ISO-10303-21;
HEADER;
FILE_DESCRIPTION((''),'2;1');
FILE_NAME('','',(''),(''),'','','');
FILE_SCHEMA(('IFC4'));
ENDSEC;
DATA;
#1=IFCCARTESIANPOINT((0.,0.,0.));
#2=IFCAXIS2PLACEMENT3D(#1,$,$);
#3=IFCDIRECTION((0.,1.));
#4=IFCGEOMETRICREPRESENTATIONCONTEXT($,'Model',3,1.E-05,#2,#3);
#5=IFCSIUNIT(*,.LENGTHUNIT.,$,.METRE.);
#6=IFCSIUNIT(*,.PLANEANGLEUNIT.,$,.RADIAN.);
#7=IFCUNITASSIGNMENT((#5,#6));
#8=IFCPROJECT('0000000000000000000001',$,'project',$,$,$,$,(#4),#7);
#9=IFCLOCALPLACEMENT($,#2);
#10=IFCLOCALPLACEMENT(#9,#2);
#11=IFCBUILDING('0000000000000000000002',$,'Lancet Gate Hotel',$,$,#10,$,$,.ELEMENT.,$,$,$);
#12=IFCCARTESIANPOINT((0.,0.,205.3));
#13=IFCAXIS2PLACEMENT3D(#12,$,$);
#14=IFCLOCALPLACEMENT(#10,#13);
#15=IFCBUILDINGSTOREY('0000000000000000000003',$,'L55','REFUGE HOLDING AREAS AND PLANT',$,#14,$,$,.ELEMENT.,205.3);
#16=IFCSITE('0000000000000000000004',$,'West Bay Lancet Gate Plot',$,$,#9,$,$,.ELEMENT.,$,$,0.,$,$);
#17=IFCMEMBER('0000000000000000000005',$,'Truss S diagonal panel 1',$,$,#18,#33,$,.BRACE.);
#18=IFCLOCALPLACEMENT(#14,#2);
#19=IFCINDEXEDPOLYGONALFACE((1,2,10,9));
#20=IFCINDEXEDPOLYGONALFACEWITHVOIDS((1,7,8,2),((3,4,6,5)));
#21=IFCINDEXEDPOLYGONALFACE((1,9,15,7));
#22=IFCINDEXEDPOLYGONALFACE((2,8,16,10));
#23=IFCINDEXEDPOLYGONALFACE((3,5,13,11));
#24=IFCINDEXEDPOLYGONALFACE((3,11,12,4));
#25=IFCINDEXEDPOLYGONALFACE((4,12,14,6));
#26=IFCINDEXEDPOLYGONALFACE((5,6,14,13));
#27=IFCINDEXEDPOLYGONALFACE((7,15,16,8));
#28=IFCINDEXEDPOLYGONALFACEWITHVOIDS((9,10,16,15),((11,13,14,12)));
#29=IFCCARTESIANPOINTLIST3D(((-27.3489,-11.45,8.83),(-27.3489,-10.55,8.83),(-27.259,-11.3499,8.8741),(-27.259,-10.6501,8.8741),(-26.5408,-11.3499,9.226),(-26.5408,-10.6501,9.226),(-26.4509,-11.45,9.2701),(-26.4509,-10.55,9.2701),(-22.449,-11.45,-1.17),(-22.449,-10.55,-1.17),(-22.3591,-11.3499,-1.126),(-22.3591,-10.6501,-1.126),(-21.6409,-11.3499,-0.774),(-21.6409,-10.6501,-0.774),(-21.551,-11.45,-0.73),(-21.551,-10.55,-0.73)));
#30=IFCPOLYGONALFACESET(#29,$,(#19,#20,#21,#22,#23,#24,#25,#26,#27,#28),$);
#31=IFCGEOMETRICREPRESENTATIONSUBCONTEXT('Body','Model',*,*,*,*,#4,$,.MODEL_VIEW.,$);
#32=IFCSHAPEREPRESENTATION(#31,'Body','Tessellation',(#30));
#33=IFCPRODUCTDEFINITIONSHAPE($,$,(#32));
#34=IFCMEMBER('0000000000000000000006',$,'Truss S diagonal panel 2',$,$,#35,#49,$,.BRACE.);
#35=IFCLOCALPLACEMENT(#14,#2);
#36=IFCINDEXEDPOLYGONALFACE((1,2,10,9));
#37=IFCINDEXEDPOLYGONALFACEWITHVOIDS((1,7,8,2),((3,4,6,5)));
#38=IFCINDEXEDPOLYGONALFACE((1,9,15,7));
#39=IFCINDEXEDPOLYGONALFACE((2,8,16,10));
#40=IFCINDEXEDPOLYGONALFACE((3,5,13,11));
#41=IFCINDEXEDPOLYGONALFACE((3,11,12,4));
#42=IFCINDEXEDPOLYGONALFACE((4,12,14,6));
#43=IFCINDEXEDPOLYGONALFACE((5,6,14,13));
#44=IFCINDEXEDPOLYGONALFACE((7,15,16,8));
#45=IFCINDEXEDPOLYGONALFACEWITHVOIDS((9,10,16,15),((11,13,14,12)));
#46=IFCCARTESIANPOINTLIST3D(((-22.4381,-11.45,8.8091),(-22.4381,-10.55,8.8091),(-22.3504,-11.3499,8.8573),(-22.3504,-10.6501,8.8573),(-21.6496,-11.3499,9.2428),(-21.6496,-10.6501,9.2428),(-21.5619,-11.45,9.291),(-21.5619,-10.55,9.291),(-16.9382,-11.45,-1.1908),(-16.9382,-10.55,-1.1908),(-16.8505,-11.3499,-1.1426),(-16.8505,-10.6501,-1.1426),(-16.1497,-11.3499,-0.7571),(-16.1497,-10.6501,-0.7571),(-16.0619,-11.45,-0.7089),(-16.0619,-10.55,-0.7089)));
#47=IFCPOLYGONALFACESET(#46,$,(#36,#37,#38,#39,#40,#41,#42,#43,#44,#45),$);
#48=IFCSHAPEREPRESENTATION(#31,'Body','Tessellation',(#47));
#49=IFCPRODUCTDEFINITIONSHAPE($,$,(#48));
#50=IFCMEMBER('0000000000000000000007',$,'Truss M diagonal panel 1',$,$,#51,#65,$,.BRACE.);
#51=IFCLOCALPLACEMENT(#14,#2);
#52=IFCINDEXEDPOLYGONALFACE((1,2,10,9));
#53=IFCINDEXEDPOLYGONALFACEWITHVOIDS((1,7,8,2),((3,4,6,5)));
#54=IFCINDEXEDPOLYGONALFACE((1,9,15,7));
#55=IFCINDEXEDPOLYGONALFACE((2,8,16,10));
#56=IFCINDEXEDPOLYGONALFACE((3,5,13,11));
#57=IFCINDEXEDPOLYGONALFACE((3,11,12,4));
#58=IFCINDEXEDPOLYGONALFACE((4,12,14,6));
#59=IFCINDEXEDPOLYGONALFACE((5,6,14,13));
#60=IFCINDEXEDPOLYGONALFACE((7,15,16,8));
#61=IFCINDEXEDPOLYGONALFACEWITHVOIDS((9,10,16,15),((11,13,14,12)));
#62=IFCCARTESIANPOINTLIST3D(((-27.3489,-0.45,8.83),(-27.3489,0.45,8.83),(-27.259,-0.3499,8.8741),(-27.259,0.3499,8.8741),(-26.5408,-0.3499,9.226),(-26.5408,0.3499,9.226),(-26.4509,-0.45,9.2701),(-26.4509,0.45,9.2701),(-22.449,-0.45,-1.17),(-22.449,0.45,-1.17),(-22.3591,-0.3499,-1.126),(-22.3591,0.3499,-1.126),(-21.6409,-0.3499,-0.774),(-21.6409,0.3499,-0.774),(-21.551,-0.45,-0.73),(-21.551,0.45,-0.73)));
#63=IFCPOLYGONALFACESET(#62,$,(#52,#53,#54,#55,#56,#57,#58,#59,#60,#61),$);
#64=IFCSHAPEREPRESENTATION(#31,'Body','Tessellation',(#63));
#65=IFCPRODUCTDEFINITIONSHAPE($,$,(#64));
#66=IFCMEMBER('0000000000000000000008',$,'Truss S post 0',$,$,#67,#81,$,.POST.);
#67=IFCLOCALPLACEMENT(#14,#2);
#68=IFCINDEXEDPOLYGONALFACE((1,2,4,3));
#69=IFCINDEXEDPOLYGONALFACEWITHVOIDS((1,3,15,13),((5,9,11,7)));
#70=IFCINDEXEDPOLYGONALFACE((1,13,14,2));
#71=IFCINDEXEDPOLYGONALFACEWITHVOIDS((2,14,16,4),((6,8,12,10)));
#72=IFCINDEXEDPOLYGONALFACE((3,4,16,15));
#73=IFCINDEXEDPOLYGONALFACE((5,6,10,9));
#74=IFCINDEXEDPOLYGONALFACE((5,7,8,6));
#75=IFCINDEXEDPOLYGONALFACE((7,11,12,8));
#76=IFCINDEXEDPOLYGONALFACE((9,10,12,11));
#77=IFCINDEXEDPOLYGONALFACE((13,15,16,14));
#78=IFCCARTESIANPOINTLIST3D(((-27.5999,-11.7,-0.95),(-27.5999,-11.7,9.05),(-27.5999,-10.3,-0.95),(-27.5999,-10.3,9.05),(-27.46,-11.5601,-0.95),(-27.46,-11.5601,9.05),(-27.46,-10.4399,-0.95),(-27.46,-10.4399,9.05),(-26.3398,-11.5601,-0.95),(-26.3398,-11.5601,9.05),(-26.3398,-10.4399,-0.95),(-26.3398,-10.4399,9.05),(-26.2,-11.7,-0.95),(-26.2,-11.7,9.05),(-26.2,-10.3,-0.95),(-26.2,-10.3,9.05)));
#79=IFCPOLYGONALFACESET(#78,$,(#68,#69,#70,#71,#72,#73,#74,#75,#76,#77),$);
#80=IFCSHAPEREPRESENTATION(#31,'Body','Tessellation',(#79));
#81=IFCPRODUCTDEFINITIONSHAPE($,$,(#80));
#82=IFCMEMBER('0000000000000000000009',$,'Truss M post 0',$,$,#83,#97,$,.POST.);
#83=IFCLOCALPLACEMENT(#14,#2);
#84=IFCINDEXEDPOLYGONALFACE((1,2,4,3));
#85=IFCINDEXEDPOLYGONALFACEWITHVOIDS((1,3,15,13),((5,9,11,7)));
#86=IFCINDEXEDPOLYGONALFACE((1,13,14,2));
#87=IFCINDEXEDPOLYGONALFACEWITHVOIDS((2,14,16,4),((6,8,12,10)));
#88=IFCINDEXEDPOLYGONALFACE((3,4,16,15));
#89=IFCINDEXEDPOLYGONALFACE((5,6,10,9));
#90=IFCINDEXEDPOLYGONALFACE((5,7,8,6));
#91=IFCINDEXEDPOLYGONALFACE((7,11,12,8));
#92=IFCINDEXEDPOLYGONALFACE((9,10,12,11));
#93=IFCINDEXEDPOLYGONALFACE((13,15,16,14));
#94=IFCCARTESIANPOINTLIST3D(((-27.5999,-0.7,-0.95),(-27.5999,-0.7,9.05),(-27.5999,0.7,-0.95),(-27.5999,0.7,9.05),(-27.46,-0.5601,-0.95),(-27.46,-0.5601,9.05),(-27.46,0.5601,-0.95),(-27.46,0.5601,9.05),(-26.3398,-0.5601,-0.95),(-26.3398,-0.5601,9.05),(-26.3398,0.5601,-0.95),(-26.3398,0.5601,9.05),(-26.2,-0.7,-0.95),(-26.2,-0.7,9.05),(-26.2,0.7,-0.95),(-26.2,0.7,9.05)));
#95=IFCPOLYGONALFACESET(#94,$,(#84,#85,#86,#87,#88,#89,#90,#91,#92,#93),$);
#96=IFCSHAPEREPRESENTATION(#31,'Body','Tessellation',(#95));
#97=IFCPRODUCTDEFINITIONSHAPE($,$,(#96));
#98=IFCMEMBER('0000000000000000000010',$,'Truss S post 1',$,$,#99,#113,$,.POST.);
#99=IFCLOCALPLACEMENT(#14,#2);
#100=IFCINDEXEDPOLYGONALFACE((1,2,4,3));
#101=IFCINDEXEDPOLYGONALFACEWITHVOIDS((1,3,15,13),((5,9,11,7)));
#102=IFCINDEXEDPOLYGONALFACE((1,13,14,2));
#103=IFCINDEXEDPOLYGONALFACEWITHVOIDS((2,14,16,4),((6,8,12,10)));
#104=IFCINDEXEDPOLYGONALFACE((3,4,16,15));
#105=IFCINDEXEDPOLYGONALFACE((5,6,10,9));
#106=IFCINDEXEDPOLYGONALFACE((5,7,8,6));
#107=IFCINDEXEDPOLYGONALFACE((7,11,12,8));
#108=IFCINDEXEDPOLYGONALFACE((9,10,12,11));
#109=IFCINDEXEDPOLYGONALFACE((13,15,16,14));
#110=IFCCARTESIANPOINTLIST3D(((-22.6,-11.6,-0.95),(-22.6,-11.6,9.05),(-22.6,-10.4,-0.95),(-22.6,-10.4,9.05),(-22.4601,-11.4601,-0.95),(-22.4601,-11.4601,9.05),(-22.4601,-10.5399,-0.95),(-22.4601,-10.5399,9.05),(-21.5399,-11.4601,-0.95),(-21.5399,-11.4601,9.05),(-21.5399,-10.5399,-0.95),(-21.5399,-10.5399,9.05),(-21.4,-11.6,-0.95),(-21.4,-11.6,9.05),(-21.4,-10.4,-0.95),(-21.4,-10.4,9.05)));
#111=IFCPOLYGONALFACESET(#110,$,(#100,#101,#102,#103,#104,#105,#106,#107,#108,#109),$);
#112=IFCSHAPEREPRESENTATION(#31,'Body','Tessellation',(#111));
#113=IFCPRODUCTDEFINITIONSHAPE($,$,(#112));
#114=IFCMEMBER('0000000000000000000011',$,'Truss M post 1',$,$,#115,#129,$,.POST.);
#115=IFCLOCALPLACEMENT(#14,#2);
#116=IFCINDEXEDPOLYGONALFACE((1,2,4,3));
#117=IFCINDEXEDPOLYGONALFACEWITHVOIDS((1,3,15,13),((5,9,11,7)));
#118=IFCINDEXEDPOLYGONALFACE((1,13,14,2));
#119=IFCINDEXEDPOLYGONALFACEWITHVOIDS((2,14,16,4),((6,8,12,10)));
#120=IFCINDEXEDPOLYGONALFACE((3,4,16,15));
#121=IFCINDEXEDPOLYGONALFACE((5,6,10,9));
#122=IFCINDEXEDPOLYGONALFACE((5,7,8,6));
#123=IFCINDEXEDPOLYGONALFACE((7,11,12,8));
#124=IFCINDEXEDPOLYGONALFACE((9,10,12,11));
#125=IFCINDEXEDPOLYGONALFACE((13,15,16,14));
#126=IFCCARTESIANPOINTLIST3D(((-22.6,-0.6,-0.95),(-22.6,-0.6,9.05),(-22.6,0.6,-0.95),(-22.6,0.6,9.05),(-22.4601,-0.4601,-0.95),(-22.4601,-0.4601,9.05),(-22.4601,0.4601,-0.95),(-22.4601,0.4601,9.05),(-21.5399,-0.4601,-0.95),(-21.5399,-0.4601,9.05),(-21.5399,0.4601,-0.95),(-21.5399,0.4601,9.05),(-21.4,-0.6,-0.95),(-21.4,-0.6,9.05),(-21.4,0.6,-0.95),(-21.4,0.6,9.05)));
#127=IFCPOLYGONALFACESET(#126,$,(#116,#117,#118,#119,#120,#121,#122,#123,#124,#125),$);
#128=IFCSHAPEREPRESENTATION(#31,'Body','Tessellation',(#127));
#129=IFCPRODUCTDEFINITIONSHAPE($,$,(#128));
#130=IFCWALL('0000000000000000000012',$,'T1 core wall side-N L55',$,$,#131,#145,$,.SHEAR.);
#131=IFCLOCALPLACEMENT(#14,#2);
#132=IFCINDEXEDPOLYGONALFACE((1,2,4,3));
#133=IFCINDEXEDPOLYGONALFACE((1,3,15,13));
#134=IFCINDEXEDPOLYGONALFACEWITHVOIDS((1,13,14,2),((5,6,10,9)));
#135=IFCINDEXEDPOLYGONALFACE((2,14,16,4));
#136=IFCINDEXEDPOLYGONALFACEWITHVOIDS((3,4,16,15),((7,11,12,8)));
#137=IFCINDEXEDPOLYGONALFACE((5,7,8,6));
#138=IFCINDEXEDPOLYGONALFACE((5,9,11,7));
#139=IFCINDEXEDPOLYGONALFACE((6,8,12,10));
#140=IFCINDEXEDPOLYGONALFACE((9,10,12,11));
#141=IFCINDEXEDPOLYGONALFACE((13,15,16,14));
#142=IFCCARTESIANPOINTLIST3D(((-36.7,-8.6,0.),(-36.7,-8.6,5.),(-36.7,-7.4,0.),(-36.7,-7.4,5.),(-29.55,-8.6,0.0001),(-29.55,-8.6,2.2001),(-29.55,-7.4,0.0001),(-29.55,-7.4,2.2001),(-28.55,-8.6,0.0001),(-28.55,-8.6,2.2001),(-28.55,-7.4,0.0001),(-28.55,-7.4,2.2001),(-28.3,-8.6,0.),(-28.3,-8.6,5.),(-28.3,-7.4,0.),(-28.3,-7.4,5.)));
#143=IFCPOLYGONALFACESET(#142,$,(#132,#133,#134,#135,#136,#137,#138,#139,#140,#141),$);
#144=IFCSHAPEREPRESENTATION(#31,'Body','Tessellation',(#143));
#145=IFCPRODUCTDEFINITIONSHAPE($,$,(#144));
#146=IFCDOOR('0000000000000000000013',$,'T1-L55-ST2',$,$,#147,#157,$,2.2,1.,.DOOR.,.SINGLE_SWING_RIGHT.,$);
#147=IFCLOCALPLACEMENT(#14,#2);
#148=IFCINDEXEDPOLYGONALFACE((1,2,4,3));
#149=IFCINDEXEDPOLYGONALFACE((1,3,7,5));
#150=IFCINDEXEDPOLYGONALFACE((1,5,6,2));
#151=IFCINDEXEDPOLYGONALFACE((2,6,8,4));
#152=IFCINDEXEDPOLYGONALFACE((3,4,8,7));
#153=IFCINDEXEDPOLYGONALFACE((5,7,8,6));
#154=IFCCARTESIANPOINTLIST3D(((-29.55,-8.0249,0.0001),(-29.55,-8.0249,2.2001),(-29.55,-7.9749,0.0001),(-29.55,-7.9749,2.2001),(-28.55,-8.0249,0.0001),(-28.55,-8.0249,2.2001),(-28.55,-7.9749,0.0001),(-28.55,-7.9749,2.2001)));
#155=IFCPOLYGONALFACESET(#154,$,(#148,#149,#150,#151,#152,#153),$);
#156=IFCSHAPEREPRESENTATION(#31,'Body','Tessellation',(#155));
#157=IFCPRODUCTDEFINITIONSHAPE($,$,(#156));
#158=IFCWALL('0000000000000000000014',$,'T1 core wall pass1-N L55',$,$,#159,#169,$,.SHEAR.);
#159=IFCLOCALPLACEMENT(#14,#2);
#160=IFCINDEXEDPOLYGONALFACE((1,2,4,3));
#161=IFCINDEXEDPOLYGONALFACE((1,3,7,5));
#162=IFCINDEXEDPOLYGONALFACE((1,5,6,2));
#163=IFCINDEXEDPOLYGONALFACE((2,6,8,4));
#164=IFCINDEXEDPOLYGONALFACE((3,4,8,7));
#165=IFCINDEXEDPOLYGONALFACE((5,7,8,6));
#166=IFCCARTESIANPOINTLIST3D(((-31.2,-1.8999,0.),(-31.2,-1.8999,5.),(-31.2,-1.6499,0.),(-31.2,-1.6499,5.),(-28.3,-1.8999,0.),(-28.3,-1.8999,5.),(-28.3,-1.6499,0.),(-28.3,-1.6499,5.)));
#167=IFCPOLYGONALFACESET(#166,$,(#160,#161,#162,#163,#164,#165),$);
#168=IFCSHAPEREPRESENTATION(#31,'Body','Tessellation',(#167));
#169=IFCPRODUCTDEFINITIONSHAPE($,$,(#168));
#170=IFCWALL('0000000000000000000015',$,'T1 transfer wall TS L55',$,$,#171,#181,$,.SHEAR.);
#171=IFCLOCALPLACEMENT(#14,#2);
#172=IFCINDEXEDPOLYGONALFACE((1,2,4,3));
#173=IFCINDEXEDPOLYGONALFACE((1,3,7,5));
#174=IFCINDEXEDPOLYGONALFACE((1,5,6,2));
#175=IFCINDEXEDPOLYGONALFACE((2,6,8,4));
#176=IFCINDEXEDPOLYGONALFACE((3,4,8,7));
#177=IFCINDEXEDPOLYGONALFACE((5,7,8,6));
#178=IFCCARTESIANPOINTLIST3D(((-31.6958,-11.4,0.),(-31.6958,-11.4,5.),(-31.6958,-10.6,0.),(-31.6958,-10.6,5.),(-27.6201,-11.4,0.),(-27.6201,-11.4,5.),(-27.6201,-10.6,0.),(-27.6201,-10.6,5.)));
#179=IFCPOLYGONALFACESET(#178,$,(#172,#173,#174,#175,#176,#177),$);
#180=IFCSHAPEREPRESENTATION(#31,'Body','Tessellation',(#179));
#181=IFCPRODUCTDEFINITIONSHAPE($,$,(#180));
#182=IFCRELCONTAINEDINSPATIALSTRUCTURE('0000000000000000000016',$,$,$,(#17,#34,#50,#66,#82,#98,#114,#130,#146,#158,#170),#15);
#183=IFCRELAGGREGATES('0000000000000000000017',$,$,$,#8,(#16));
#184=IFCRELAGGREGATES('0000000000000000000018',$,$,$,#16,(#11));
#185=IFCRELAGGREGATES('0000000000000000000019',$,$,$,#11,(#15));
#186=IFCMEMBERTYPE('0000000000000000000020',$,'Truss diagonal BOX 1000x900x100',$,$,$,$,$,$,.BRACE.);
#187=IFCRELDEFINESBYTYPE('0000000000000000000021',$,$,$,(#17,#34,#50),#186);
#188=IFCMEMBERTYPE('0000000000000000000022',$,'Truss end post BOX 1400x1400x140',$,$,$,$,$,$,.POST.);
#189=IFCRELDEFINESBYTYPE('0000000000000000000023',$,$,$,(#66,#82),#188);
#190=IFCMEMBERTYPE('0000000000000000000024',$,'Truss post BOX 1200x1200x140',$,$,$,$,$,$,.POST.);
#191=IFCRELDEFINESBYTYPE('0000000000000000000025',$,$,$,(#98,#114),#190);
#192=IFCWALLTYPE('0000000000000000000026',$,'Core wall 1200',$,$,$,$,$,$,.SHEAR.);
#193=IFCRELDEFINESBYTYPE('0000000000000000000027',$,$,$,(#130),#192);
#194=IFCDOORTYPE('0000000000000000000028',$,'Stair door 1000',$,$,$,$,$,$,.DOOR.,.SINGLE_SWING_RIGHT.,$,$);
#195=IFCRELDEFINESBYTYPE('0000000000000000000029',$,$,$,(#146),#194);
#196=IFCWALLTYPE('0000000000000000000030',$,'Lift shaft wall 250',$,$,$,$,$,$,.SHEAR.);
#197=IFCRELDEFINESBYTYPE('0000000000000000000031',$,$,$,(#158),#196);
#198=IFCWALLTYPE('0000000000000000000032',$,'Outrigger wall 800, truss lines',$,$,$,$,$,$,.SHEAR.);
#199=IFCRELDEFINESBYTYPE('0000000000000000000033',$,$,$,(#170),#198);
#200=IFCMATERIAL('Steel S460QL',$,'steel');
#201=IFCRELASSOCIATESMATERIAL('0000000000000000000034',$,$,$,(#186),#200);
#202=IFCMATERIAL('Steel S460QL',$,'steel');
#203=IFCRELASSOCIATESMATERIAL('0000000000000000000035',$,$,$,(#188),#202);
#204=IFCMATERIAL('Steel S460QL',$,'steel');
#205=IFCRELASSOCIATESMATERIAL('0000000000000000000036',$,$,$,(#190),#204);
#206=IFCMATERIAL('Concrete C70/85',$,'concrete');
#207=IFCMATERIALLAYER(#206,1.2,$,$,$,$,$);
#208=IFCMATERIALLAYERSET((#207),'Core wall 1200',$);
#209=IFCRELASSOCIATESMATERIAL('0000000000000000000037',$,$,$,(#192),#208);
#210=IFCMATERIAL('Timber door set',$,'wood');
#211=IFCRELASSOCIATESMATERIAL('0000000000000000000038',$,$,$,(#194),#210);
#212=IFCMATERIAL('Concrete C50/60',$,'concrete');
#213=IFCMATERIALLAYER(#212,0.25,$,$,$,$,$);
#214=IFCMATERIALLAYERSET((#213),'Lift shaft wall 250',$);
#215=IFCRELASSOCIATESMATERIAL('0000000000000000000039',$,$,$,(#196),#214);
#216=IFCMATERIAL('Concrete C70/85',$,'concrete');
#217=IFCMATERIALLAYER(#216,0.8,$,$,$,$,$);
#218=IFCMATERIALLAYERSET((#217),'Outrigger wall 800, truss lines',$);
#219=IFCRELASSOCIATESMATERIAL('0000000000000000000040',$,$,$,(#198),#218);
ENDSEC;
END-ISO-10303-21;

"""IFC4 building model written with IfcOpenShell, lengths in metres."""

from ifc_helpers import new_model, si_unit, direction, frame, frame_2d, origin, origin_2d, place, context, subcontext, project, spatial, rectangle, hollow_rectangle, extrude, material, layer, layer_set, material_profile, profile_set, type_object, element, fill, save


model = new_model("IFC4")

# Units and contexts
model_context = context("Model", 3, precision=1e-05, world=origin(), true_north=direction((0.0, 1.0)))
body_context = subcontext(model_context, "Body", "Model", "MODEL_VIEW")
ifc_project = project(units=[si_unit("LENGTHUNIT", "METRE"), si_unit("PLANEANGLEUNIT", "RADIAN")], contexts=[model_context])

# Site, building, storey
site_placement = place(None, origin())
site = spatial("IfcSite", under=ifc_project, at=site_placement, Name="West Bay Lancet Gate Plot", CompositionType="ELEMENT", RefElevation=0.0)
building_placement = place(site_placement, origin())
building = spatial("IfcBuilding", under=site, at=building_placement, Name="Lancet Gate Hotel", CompositionType="ELEMENT")
storey_placement = place(building_placement, frame((0.0, 0.0, 205.3)))
storey = spatial("IfcBuildingStorey", under=building, at=storey_placement, Name="L55", Description="REFUGE HOLDING AREAS AND PLANT", CompositionType="ELEMENT", Elevation=205.3)

# Members
ifc_material_1 = material(Name="Steel S460QL", Category="steel")
ifc_material_profile_1 = material_profile(ifc_material_1, hollow_rectangle(XDim=0.8999, YDim=1.0, WallThickness=0.1001, at=origin_2d()), Name="BOX 1000x900x100")
ifc_profile_set_1 = profile_set([ifc_material_profile_1], Name="Steel S460QL")
member_type_1 = type_object("IfcMemberType", Name="Truss diagonal BOX 1000x900x100", PredefinedType="BRACE", material=ifc_profile_set_1)
member_1_placement = place(storey_placement, frame((-26.8999, -11.0, 9.05), z_axis=(0.440008, 0.0, -0.897994), x_axis=(0.0, 1.0, 0.0)))
element("IfcMember", 1, at=member_1_placement, inside=storey, type_object=member_type_1, Name="Truss S diagonal panel 1", PredefinedType="BRACE", context=body_context, shape_type="SweptSolid", body=[
    extrude(hollow_rectangle(XDim=0.8999, YDim=1.0, WallThickness=0.1001, at=origin_2d()), origin(), (0.0, 0.0, 1.0), 11.136),
])
member_2_placement = place(storey_placement, frame((-22.0, -11.0, 9.05), z_axis=(0.481919, 0.0, -0.876216), x_axis=(0.0, 1.0, 0.0)))
element("IfcMember", 2, at=member_2_placement, inside=storey, type_object=member_type_1, Name="Truss S diagonal panel 2", PredefinedType="BRACE", context=body_context, shape_type="SweptSolid", body=[
    extrude(hollow_rectangle(XDim=0.8999, YDim=1.0, WallThickness=0.1001, at=origin_2d()), origin(), (0.0, 0.0, 1.0), 11.4126),
])
member_3_placement = place(storey_placement, frame((-26.8999, 0.0, 9.05), z_axis=(0.440008, 0.0, -0.897994), x_axis=(0.0, 1.0, 0.0)))
element("IfcMember", 3, at=member_3_placement, inside=storey, type_object=member_type_1, Name="Truss M diagonal panel 1", PredefinedType="BRACE", context=body_context, shape_type="SweptSolid", body=[
    extrude(hollow_rectangle(XDim=0.8999, YDim=1.0, WallThickness=0.1001, at=origin_2d()), origin(), (0.0, 0.0, 1.0), 11.136),
])
ifc_material_2 = material(Name="Steel S460QL", Category="steel")
ifc_material_profile_2 = material_profile(ifc_material_2, hollow_rectangle(XDim=1.3999, YDim=1.3999, WallThickness=0.1399, at=origin_2d()), Name="BOX 1400x1400x140")
ifc_profile_set_2 = profile_set([ifc_material_profile_2], Name="Steel S460QL")
member_type_2 = type_object("IfcMemberType", Name="Truss end post BOX 1400x1400x140", PredefinedType="POST", material=ifc_profile_set_2)
for number, where, z_axis, x_axis, name in (
    (4, (-26.8999, -11.0, -0.95), (0.0, 0.0, 1.0), (1.0, 0.0, 0.0), "Truss S post 0"),
    (5, (-26.8999, 0.0, -0.95), (0.0, 0.0, 1.0), (1.0, 0.0, 0.0), "Truss M post 0"),
):
    element("IfcMember", number, at=place(storey_placement, frame(where, z_axis=z_axis, x_axis=x_axis)), inside=storey, type_object=member_type_2, Name=name, PredefinedType="POST", context=body_context, shape_type="SweptSolid", body=[
        extrude(hollow_rectangle(XDim=1.3999, YDim=1.3999, WallThickness=0.1399, at=origin_2d()), origin(), (0.0, 0.0, 1.0), 10.0),
    ])
ifc_material_3 = material(Name="Steel S460QL", Category="steel")
ifc_material_profile_3 = material_profile(ifc_material_3, hollow_rectangle(XDim=1.2, YDim=1.2, WallThickness=0.1399, at=origin_2d()), Name="BOX 1200x1200x140")
ifc_profile_set_3 = profile_set([ifc_material_profile_3], Name="Steel S460QL")
member_type_3 = type_object("IfcMemberType", Name="Truss post BOX 1200x1200x140", PredefinedType="POST", material=ifc_profile_set_3)
for number, where, z_axis, x_axis, name in (
    (6, (-22.0, -11.0, -0.95), (0.0, 0.0, 1.0), (1.0, 0.0, 0.0), "Truss S post 1"),
    (7, (-22.0, 0.0, -0.95), (0.0, 0.0, 1.0), (1.0, 0.0, 0.0), "Truss M post 1"),
):
    element("IfcMember", number, at=place(storey_placement, frame(where, z_axis=z_axis, x_axis=x_axis)), inside=storey, type_object=member_type_3, Name=name, PredefinedType="POST", context=body_context, shape_type="SweptSolid", body=[
        extrude(hollow_rectangle(XDim=1.2, YDim=1.2, WallThickness=0.1399, at=origin_2d()), origin(), (0.0, 0.0, 1.0), 10.0),
    ])

# Wall, opening, door
ifc_material_4 = material(Name="Concrete C70/85", Category="concrete")
ifc_layer_1 = layer(ifc_material_4, 1.2)
ifc_layer_set_1 = layer_set([ifc_layer_1], Name="Core wall 1200")
wall_type_1 = type_object("IfcWallType", Name="Core wall 1200", PredefinedType="SHEAR", material=ifc_layer_set_1)
wall_1_placement = place(storey_placement, frame((-28.3, -8.0, 0.0), z_axis=(0.0, 0.0, 1.0), x_axis=(-1.0, 0.0, 0.0)))
wall_1 = element("IfcWall", 8, at=wall_1_placement, inside=storey, type_object=wall_type_1, Name="T1 core wall side-N L55", PredefinedType="SHEAR", context=body_context, shape_type="SweptSolid", body=[
    extrude(rectangle(XDim=8.3999, YDim=1.2, at=frame_2d((4.2, 0.0))), origin(), (0.0, 0.0, 1.0), 5.0),
])
opening_placement = place(wall_1_placement, frame((0.25, 0.0, 0.0)))
opening = element("IfcOpeningElement", 9, at=opening_placement, cuts=wall_1, PredefinedType="OPENING", context=body_context, shape_type="SweptSolid", body=[
    extrude(rectangle(XDim=1.0, YDim=2.2, at=frame_2d((0.5, 1.1001))), frame((0.0, 0.6099, 0.0), z_axis=(0.0, -1.0, 0.0), x_axis=(1.0, 0.0, 0.0)), (0.0, 0.0, 1.0), 1.22),
])
ifc_material_5 = material(Name="Timber door set", Category="wood")
door_type = type_object("IfcDoorType", Name="Stair door 1000", OperationType="SINGLE_SWING_RIGHT", PredefinedType="DOOR", material=ifc_material_5)
door_placement = place(opening_placement, origin())
door = element("IfcDoor", 10, at=door_placement, inside=storey, type_object=door_type, Name="T1-L55-ST2", OperationType="SINGLE_SWING_RIGHT", OverallHeight=2.2, OverallWidth=1.0, PredefinedType="DOOR", context=body_context, shape_type="SweptSolid", body=[
    extrude(rectangle(XDim=1.0, YDim=2.2, at=frame_2d((0.5, 1.1001))), frame((0.0, 0.0249, 0.0), z_axis=(0.0, -1.0, 0.0), x_axis=(1.0, 0.0, 0.0)), (0.0, 0.0, 1.0), 0.05),
])
fill(opening, door)

# Walls
ifc_material_6 = material(Name="Concrete C50/60", Category="concrete")
ifc_layer_2 = layer(ifc_material_6, 0.25)
ifc_layer_set_2 = layer_set([ifc_layer_2], Name="Lift shaft wall 250")
wall_type_2 = type_object("IfcWallType", Name="Lift shaft wall 250", PredefinedType="SHEAR", material=ifc_layer_set_2)
wall_2_placement = place(storey_placement, frame((-28.3, -1.7749, 0.0), z_axis=(0.0, 0.0, 1.0), x_axis=(-1.0, 0.0, 0.0)))
element("IfcWall", 11, at=wall_2_placement, inside=storey, type_object=wall_type_2, Name="T1 core wall pass1-N L55", PredefinedType="SHEAR", context=body_context, shape_type="SweptSolid", body=[
    extrude(rectangle(XDim=2.8999, YDim=0.25, at=frame_2d((1.45, 0.0))), origin(), (0.0, 0.0, 1.0), 5.0),
])
ifc_material_7 = material(Name="Concrete C70/85", Category="concrete")
ifc_layer_3 = layer(ifc_material_7, 0.8)
ifc_layer_set_3 = layer_set([ifc_layer_3], Name="Outrigger wall 800, truss lines")
wall_type_3 = type_object("IfcWallType", Name="Outrigger wall 800, truss lines", PredefinedType="SHEAR", material=ifc_layer_set_3)
wall_3_placement = place(storey_placement, frame((-27.6201, -11.0, 0.0), z_axis=(0.0, 0.0, 1.0), x_axis=(-1.0, 0.0, 0.0)))
element("IfcWall", 12, at=wall_3_placement, inside=storey, type_object=wall_type_3, Name="T1 transfer wall TS L55", PredefinedType="SHEAR", context=body_context, shape_type="SweptSolid", body=[
    extrude(rectangle(XDim=4.0757, YDim=0.8, at=frame_2d((2.0378, 0.0))), origin(), (0.0, 0.0, 1.0), 5.0),
])

save(model, "model.ifc")
